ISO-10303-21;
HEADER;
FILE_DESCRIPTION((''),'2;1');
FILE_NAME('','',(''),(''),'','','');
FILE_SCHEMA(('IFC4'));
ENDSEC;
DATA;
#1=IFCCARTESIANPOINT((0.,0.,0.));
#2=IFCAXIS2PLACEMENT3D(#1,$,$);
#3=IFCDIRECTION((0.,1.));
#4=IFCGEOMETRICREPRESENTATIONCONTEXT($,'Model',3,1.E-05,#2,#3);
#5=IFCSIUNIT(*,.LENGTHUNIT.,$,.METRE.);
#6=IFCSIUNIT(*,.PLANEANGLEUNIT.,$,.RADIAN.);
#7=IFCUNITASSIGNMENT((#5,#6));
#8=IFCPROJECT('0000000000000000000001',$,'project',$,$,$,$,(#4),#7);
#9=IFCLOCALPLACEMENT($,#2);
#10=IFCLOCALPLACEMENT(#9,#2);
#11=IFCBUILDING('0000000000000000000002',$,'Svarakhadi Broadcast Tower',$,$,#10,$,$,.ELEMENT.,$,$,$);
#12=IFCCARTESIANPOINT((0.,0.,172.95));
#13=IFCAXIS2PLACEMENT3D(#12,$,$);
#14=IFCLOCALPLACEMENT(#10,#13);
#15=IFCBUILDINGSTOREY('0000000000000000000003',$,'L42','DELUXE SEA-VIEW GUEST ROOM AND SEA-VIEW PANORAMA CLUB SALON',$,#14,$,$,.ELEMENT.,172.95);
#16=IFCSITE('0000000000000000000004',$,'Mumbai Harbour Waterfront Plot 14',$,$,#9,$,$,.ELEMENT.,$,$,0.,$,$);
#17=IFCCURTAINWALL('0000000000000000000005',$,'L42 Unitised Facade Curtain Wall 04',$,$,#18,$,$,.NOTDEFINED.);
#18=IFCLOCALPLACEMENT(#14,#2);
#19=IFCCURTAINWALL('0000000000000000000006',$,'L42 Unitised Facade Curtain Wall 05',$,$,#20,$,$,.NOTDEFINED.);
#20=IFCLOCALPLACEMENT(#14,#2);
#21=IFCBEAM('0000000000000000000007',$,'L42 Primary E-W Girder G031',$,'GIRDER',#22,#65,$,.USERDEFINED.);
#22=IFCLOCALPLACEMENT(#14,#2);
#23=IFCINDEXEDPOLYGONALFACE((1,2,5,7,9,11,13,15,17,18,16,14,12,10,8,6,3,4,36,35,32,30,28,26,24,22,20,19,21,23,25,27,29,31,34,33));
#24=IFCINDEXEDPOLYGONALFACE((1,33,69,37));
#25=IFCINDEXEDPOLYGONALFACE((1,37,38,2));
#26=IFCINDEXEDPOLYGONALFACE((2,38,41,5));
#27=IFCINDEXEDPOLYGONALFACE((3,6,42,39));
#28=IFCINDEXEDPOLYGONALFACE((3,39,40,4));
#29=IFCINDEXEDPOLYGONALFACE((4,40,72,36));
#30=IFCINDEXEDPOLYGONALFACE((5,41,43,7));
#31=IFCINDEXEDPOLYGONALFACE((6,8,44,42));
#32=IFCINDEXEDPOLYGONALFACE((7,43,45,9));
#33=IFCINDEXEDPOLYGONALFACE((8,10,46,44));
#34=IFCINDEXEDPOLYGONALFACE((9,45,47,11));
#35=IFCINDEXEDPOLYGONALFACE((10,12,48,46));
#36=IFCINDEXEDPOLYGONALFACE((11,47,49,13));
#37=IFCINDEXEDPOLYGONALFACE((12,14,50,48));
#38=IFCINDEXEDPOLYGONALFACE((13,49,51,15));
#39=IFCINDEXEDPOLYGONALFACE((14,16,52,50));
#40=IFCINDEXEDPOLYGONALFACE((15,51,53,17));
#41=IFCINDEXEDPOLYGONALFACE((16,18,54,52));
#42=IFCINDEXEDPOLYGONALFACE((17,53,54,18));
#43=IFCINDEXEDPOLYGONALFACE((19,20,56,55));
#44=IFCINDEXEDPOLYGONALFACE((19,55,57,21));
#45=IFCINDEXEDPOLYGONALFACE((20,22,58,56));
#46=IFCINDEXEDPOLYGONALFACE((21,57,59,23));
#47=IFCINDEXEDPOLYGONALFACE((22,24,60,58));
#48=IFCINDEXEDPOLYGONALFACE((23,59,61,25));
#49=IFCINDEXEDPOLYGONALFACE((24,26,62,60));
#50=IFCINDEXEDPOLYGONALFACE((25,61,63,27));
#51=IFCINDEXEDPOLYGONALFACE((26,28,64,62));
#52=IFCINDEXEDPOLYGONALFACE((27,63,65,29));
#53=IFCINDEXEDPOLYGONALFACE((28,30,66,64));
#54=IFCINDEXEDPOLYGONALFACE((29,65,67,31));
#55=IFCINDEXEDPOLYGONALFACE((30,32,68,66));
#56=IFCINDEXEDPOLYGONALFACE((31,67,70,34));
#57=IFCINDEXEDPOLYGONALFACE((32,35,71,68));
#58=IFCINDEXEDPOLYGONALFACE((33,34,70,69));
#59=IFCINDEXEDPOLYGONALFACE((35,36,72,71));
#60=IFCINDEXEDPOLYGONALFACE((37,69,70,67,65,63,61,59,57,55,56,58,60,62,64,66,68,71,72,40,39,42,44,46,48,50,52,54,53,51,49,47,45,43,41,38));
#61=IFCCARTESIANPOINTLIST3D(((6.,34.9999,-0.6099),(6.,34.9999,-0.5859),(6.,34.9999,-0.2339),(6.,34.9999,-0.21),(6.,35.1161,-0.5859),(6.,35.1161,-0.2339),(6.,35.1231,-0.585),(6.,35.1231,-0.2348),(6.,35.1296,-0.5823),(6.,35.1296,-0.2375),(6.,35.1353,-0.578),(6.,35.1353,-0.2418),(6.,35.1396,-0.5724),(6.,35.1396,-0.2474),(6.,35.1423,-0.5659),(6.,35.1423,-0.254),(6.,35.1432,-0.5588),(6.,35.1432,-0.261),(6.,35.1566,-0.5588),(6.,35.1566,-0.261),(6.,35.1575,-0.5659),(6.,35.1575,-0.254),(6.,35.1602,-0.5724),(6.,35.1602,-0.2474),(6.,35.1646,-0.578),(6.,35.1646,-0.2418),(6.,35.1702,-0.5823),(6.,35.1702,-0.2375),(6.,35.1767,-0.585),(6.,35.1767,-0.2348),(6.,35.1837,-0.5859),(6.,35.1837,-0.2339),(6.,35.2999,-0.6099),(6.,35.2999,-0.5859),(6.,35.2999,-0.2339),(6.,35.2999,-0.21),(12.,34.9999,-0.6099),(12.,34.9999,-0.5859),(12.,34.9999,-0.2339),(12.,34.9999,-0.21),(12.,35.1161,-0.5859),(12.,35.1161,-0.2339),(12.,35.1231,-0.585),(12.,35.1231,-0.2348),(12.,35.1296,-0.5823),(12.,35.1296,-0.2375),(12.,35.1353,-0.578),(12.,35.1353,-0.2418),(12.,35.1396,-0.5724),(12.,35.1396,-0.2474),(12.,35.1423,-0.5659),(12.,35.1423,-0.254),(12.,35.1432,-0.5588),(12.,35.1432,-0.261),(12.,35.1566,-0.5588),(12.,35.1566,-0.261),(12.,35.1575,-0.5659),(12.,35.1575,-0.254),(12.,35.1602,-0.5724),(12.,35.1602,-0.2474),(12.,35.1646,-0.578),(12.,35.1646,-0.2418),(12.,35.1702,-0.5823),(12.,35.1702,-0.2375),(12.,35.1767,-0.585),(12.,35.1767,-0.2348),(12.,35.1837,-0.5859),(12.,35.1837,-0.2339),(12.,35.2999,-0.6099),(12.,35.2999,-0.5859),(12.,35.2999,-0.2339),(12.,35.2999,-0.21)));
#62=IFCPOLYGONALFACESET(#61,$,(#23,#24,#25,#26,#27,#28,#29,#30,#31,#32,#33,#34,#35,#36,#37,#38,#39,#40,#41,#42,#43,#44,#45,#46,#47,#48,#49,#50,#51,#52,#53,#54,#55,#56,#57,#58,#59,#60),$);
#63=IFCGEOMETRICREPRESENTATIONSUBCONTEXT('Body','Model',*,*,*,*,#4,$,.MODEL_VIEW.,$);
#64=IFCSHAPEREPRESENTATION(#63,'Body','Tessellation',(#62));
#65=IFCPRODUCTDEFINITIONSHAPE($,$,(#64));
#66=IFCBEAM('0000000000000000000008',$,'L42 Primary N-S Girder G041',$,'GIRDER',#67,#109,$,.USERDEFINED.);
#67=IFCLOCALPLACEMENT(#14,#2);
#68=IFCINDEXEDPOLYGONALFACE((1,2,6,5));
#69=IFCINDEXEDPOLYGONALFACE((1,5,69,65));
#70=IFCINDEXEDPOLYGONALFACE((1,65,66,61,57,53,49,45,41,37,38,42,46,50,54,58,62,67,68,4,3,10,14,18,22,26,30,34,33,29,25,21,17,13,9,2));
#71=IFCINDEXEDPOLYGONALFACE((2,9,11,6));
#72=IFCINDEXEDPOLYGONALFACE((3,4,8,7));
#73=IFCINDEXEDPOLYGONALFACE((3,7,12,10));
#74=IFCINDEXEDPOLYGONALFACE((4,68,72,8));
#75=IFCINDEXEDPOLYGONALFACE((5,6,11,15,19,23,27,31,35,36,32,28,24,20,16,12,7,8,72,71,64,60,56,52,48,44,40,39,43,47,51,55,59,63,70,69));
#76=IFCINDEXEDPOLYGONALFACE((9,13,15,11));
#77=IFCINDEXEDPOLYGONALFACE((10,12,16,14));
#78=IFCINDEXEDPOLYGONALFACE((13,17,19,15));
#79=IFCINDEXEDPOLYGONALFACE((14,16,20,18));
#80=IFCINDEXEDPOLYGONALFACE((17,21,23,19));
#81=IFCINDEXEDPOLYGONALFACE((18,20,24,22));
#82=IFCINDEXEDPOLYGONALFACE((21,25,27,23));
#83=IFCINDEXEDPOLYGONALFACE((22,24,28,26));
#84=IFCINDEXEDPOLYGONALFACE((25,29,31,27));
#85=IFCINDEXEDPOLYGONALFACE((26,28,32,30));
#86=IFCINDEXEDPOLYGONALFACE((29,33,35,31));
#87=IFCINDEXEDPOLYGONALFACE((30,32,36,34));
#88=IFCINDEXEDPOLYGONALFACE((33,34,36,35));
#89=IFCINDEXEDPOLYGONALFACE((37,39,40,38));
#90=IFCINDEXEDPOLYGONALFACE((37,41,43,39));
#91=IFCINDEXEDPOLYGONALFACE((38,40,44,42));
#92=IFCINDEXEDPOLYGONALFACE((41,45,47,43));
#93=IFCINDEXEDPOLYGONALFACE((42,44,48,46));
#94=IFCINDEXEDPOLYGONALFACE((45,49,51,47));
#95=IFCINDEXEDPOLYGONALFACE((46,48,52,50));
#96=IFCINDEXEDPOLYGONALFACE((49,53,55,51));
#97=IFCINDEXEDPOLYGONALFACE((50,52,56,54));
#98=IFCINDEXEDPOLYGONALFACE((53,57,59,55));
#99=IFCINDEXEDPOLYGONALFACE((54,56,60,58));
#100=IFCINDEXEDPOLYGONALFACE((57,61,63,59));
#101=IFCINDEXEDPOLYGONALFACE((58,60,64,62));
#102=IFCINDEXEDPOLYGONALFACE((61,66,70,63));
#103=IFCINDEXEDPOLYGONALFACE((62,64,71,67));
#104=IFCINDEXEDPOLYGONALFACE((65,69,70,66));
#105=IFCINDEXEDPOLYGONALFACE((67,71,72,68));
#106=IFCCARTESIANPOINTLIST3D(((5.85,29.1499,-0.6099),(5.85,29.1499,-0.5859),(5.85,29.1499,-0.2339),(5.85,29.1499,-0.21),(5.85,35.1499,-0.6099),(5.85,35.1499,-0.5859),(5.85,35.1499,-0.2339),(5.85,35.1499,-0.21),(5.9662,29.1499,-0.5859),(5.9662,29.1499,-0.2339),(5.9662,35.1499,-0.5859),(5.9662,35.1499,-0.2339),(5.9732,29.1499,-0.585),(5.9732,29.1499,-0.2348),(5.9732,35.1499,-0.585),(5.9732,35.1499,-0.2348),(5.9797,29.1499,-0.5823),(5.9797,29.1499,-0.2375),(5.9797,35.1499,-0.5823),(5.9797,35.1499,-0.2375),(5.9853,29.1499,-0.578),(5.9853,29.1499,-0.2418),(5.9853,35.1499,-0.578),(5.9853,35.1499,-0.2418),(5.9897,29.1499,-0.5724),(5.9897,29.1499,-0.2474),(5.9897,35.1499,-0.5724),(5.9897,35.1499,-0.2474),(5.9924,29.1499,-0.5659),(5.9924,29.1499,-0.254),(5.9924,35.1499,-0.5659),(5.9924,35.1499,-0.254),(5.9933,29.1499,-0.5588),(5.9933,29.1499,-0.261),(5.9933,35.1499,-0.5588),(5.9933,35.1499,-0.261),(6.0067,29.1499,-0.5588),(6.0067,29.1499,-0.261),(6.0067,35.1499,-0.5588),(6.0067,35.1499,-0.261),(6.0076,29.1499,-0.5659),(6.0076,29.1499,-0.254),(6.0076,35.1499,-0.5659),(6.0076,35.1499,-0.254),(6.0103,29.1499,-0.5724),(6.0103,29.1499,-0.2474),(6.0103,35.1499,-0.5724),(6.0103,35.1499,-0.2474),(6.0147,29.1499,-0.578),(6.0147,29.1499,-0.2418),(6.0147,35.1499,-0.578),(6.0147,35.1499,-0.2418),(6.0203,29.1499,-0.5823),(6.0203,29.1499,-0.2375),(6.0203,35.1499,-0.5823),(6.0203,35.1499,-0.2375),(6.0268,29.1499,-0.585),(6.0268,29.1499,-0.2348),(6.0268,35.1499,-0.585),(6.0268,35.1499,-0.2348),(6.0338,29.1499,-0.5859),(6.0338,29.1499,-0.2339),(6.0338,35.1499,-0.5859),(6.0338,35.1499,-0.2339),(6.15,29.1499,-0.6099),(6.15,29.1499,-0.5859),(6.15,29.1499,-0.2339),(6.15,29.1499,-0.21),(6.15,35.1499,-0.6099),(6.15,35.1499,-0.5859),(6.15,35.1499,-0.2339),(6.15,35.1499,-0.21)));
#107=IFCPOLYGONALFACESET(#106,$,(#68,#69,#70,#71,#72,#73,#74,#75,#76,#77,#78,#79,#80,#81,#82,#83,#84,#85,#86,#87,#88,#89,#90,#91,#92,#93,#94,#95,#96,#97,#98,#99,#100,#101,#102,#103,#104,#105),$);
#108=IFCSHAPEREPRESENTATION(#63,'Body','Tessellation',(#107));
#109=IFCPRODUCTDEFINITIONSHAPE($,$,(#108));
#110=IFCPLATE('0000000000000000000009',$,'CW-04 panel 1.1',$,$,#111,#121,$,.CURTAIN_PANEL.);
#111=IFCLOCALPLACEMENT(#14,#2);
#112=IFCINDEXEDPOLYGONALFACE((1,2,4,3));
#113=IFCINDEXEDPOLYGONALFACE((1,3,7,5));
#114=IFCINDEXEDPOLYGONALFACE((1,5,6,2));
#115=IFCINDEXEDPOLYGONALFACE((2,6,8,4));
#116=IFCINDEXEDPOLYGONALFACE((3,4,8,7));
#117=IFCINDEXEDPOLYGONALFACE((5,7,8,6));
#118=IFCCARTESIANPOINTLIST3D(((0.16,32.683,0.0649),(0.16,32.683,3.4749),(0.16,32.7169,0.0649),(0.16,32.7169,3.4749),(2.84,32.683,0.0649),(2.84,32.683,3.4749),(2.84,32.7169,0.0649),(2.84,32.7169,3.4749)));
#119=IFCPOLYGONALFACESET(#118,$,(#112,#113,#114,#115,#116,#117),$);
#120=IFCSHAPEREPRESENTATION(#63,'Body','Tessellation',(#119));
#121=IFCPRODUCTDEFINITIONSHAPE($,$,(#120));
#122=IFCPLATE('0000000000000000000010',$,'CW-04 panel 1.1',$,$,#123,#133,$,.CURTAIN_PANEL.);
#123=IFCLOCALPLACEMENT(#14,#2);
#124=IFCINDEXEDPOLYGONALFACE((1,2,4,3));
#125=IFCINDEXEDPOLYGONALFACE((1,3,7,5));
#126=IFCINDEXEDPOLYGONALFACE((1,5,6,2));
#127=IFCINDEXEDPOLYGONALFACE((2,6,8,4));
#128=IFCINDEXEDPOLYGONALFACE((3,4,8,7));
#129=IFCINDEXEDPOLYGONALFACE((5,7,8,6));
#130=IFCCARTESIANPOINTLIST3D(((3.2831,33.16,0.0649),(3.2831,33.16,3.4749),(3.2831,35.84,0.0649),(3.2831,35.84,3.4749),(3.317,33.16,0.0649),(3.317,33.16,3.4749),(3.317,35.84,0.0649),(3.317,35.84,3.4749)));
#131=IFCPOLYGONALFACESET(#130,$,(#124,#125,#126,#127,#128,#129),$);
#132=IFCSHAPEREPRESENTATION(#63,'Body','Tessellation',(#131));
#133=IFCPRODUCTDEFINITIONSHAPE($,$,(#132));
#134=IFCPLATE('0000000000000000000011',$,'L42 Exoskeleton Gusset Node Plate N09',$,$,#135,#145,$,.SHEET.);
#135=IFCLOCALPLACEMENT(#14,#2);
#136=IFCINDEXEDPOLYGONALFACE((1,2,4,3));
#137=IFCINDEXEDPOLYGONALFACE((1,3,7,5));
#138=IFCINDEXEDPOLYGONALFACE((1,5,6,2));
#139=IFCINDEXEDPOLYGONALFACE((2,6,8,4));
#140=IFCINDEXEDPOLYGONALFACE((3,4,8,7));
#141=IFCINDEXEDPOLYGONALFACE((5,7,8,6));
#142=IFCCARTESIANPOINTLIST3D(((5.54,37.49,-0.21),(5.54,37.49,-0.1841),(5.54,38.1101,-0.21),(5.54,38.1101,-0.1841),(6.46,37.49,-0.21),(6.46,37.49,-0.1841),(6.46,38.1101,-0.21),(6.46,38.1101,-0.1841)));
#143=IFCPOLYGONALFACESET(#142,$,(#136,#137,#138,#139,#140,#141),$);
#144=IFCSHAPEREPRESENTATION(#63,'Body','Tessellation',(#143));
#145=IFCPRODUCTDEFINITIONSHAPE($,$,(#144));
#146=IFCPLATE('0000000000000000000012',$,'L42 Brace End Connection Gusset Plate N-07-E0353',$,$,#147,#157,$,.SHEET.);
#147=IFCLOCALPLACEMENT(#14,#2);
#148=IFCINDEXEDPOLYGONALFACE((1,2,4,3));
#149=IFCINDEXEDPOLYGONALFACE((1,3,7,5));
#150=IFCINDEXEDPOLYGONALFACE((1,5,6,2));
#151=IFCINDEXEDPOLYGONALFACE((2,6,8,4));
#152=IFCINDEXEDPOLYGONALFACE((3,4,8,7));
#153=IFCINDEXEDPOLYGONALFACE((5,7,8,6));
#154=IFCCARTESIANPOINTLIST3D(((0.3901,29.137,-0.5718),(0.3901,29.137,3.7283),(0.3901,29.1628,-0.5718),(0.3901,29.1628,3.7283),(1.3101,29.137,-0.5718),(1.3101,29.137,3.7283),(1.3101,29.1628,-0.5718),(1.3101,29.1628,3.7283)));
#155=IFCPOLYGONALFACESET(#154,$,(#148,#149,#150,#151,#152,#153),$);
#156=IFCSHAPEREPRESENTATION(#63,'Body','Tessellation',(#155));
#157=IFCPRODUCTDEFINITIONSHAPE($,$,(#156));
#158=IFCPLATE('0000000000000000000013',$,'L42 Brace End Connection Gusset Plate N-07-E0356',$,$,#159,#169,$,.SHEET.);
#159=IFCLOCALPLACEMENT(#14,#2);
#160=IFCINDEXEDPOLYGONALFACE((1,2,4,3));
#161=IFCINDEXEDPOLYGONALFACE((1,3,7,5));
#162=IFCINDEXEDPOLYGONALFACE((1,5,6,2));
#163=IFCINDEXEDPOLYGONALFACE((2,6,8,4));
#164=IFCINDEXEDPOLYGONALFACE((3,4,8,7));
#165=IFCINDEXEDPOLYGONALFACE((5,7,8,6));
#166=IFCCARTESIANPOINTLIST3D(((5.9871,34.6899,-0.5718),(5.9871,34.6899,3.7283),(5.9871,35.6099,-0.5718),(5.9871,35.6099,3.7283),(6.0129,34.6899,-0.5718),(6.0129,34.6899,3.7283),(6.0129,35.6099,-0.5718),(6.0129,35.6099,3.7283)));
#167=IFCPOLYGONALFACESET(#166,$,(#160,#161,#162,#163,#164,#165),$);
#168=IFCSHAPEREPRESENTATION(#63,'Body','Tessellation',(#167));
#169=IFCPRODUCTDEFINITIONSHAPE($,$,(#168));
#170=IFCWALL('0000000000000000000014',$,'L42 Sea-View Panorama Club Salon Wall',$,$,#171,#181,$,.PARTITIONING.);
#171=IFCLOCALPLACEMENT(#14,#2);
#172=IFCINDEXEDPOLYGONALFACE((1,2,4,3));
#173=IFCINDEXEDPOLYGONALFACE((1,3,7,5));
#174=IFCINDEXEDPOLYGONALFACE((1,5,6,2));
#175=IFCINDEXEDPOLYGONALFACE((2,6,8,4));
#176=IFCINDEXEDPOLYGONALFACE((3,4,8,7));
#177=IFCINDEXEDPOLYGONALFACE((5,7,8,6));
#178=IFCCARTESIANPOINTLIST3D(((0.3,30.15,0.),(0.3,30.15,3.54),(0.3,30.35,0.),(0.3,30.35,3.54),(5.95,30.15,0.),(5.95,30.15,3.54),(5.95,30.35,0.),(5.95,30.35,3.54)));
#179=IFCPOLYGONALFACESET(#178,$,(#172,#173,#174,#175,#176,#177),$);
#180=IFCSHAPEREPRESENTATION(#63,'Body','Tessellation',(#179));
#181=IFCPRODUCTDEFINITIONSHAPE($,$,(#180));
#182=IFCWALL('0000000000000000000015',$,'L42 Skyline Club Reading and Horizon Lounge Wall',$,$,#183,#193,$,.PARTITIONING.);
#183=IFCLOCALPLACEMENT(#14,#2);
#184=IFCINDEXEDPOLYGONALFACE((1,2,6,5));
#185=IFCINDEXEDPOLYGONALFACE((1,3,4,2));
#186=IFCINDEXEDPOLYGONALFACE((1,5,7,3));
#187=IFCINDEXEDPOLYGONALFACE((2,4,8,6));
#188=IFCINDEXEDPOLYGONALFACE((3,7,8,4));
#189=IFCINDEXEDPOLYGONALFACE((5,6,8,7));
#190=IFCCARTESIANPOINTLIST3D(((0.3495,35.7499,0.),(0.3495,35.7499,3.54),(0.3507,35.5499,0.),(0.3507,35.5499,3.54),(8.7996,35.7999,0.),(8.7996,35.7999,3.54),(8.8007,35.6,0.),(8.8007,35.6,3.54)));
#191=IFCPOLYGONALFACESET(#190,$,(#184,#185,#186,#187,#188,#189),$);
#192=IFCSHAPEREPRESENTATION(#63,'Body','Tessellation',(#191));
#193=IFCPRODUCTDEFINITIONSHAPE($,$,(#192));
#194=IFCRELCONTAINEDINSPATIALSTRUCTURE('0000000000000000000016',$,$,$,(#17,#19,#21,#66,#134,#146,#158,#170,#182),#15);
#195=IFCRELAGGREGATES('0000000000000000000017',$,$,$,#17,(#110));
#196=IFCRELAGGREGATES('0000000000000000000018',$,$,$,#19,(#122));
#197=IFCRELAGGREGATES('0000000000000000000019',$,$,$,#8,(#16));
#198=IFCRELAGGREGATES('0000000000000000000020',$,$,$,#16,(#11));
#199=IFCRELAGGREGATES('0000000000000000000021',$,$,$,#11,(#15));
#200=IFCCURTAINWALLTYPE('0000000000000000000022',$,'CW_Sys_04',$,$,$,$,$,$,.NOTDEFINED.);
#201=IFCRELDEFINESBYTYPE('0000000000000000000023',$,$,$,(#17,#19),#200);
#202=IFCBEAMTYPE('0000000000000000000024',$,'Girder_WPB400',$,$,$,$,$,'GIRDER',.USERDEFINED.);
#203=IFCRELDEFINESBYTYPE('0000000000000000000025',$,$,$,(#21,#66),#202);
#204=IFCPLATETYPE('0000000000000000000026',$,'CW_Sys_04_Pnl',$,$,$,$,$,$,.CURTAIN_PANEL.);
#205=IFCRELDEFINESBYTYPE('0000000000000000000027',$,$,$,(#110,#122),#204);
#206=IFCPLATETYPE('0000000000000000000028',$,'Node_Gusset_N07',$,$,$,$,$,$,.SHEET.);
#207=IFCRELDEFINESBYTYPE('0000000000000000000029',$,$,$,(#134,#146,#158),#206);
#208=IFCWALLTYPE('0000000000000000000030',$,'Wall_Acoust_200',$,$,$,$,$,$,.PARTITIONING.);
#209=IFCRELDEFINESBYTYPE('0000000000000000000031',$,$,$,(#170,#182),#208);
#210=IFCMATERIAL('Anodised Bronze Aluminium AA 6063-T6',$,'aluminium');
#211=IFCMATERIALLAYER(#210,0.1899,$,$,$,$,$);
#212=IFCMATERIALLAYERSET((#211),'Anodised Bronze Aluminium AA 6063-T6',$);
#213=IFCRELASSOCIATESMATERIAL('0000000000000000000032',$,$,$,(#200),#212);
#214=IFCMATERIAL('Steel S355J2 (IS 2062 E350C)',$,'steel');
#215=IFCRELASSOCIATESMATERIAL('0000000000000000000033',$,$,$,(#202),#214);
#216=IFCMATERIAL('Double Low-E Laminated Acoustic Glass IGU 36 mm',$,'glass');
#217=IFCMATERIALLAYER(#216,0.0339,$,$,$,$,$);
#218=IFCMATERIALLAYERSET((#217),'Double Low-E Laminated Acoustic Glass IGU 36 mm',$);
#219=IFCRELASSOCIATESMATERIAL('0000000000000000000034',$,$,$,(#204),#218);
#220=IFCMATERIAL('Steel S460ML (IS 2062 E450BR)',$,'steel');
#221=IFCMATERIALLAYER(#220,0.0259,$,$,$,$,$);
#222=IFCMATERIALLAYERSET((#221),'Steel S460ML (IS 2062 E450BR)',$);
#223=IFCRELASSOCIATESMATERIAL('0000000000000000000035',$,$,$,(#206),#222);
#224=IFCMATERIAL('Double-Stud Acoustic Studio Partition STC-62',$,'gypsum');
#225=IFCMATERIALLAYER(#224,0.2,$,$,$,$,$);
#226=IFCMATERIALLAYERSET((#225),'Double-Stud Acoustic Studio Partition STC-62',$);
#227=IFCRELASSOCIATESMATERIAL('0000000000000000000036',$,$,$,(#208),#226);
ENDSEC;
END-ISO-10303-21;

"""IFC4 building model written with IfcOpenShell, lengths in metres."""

from ifc_helpers import new_model, si_unit, direction, frame, frame_2d, origin, origin_2d, place, context, subcontext, project, spatial, rectangle, i_section, extrude, material, layer, layer_set, material_profile, profile_set, type_object, element, aggregate, save


model = new_model("IFC4")

# Units and contexts
model_context = context("Model", 3, precision=1e-05, world=origin(), true_north=direction((0.0, 1.0)))
body_context = subcontext(model_context, "Body", "Model", "MODEL_VIEW")
ifc_project = project(units=[si_unit("LENGTHUNIT", "METRE"), si_unit("PLANEANGLEUNIT", "RADIAN")], contexts=[model_context])

# Site, building, storey
site_placement = place(None, origin())
site = spatial("IfcSite", under=ifc_project, at=site_placement, Name="Mumbai Harbour Waterfront Plot 14", CompositionType="ELEMENT", RefElevation=0.0)
building_placement = place(site_placement, origin())
building = spatial("IfcBuilding", under=site, at=building_placement, Name="Svarakhadi Broadcast Tower", CompositionType="ELEMENT")
storey_placement = place(building_placement, frame((0.0, 0.0, 172.95)))
storey = spatial("IfcBuildingStorey", under=building, at=storey_placement, Name="L42", Description="DELUXE SEA-VIEW GUEST ROOM AND SEA-VIEW PANORAMA CLUB SALON", CompositionType="ELEMENT", Elevation=172.95)

# Shared definitions
ifc_material_1 = material(Name="Steel S460ML (IS 2062 E450BR)", Category="steel")

# Shared definitions
ifc_material_2 = material(Name="Steel S355J2 (IS 2062 E350C)", Category="steel")

# Shared definitions
ifc_material_3 = material(Name="Anodised Bronze Aluminium AA 6063-T6", Category="aluminium")
ifc_layer_1 = layer(ifc_material_3, 0.1899)
ifc_layer_set_1 = layer_set([ifc_layer_1], Name="Anodised Bronze Aluminium AA 6063-T6")
curtain_wall_type = type_object("IfcCurtainWallType", Name="CW_Sys_04", PredefinedType="NOTDEFINED", material=ifc_layer_set_1)

# Curtain walls
curtain_wall_1_placement = place(storey_placement, origin())
curtain_wall_1 = element("IfcCurtainWall", 1, at=curtain_wall_1_placement, inside=storey, type_object=curtain_wall_type, Name="L42 Unitised Facade Curtain Wall 04", PredefinedType="NOTDEFINED")
curtain_wall_2_placement = place(storey_placement, origin())
curtain_wall_2 = element("IfcCurtainWall", 2, at=curtain_wall_2_placement, inside=storey, type_object=curtain_wall_type, Name="L42 Unitised Facade Curtain Wall 05", PredefinedType="NOTDEFINED")

# Beams
ifc_material_profile_1 = material_profile(ifc_material_2, i_section(OverallWidth=0.3, OverallDepth=0.3999, WebThickness=0.0134, FlangeThickness=0.0239, FilletRadius=0.0271, at=origin_2d()), Name="WPB 400x300x155")
ifc_profile_set_1 = profile_set([ifc_material_profile_1], Name="Steel S355J2 (IS 2062 E350C)")
beam_type_1 = type_object("IfcBeamType", Name="Girder_WPB400", ElementType="GIRDER", PredefinedType="USERDEFINED", material=ifc_profile_set_1)
for number, where, z_axis, x_axis, name in (
    (3, (6.0, 35.1499, -0.4099), (1.0, 0.0, 0.0), (0.0, 1.0, 0.0), "L42 Primary E-W Girder G031"),
    (4, (6.0, 29.1499, -0.4099), (0.0, 1.0, 0.0), (-1.0, 0.0, 0.0), "L42 Primary N-S Girder G041"),
):
    element("IfcBeam", number, at=place(storey_placement, frame(where, z_axis=z_axis, x_axis=x_axis)), inside=storey, type_object=beam_type_1, Name=name, ObjectType="GIRDER", PredefinedType="USERDEFINED", context=body_context, shape_type="SweptSolid", body=[
        extrude(i_section(OverallWidth=0.3, OverallDepth=0.3999, WebThickness=0.0134, FlangeThickness=0.0239, FilletRadius=0.0271, at=origin_2d()), origin(), (0.0, 0.0, 1.0), 6.0),
    ])

# Plates
ifc_material_4 = material(Name="Double Low-E Laminated Acoustic Glass IGU 36 mm", Category="glass")
ifc_layer_2 = layer(ifc_material_4, 0.0339)
ifc_layer_set_2 = layer_set([ifc_layer_2], Name="Double Low-E Laminated Acoustic Glass IGU 36 mm")
plate_type_1 = type_object("IfcPlateType", Name="CW_Sys_04_Pnl", PredefinedType="CURTAIN_PANEL", material=ifc_layer_set_2)
plate_1_placement = place(storey_placement, frame((1.5, 32.7, 0.0649), z_axis=(0.0, 0.0, 1.0), x_axis=(1.0, 0.0, 0.0)))
plate_1 = element("IfcPlate", 5, at=plate_1_placement, type_object=plate_type_1, Name="CW-04 panel 1.1", PredefinedType="CURTAIN_PANEL", context=body_context, shape_type="SweptSolid", body=[
    extrude(rectangle(XDim=2.6799, YDim=0.0339, at=origin_2d()), origin(), (0.0, 0.0, 1.0), 3.4099),
])
aggregate(curtain_wall_1, [plate_1])
plate_2_placement = place(storey_placement, frame((3.3, 34.5, 0.0649), z_axis=(0.0, 0.0, 1.0), x_axis=(0.0, 1.0, 0.0)))
plate_2 = element("IfcPlate", 6, at=plate_2_placement, type_object=plate_type_1, Name="CW-04 panel 1.1", PredefinedType="CURTAIN_PANEL", context=body_context, shape_type="SweptSolid", body=[
    extrude(rectangle(XDim=2.6799, YDim=0.0339, at=origin_2d()), origin(), (0.0, 0.0, 1.0), 3.4099),
])
aggregate(curtain_wall_2, [plate_2])

# Plates
ifc_layer_3 = layer(ifc_material_1, 0.0259)
ifc_layer_set_3 = layer_set([ifc_layer_3], Name="Steel S460ML (IS 2062 E450BR)")
plate_type_2 = type_object("IfcPlateType", Name="Node_Gusset_N07", PredefinedType="SHEET", material=ifc_layer_set_3)
plate_3_placement = place(storey_placement, frame((6.0, 37.8, -0.21), z_axis=(0.0, 0.0, 1.0), x_axis=(1.0, 0.0, 0.0)))
element("IfcPlate", 7, at=plate_3_placement, inside=storey, type_object=plate_type_2, Name="L42 Exoskeleton Gusset Node Plate N09", PredefinedType="SHEET", context=body_context, shape_type="SweptSolid", body=[
    extrude(rectangle(XDim=0.9199, YDim=0.6201, at=origin_2d()), origin(), (0.0, 0.0, 1.0), 0.0259),
])
for number, where, z_axis, x_axis, name in (
    (8, (0.8501, 29.1499, -0.5718), (0.0, 0.0, 1.0), (1.0, 0.0, 0.0), "L42 Brace End Connection Gusset Plate N-07-E0353"),
    (9, (6.0, 35.1499, -0.5718), (0.0, 0.0, 1.0), (0.0, 1.0, 0.0), "L42 Brace End Connection Gusset Plate N-07-E0356"),
):
    element("IfcPlate", number, at=place(storey_placement, frame(where, z_axis=z_axis, x_axis=x_axis)), inside=storey, type_object=plate_type_2, Name=name, PredefinedType="SHEET", context=body_context, shape_type="SweptSolid", body=[
        extrude(rectangle(XDim=0.9199, YDim=0.0259, at=origin_2d()), origin(), (0.0, 0.0, 1.0), 4.3),
    ])

# Walls
ifc_material_5 = material(Name="Double-Stud Acoustic Studio Partition STC-62", Category="gypsum")
ifc_layer_4 = layer(ifc_material_5, 0.2)
ifc_layer_set_4 = layer_set([ifc_layer_4], Name="Double-Stud Acoustic Studio Partition STC-62")
wall_type = type_object("IfcWallType", Name="Wall_Acoust_200", PredefinedType="PARTITIONING", material=ifc_layer_set_4)
wall_1_placement = place(storey_placement, frame((0.3, 30.25, 0.0), z_axis=(0.0, 0.0, 1.0), x_axis=(1.0, 0.0, 0.0)))
element("IfcWall", 10, at=wall_1_placement, inside=storey, type_object=wall_type, Name="L42 Sea-View Panorama Club Salon Wall", PredefinedType="PARTITIONING", context=body_context, shape_type="SweptSolid", body=[
    extrude(rectangle(XDim=5.6499, YDim=0.2, at=frame_2d((2.825, 0.0))), origin(), (0.0, 0.0, 1.0), 3.54),
])
wall_2_placement = place(storey_placement, frame((0.3501, 35.6499, 0.0), z_axis=(0.0, 0.0, 1.0), x_axis=(0.999982, 0.005923, 0.0)))
element("IfcWall", 11, at=wall_2_placement, inside=storey, type_object=wall_type, Name="L42 Skyline Club Reading and Horizon Lounge Wall", PredefinedType="PARTITIONING", context=body_context, shape_type="SweptSolid", body=[
    extrude(rectangle(XDim=8.4502, YDim=0.2, at=frame_2d((4.2251, 0.0))), origin(), (0.0, 0.0, 1.0), 3.54),
])

save(model, "model.ifc")
